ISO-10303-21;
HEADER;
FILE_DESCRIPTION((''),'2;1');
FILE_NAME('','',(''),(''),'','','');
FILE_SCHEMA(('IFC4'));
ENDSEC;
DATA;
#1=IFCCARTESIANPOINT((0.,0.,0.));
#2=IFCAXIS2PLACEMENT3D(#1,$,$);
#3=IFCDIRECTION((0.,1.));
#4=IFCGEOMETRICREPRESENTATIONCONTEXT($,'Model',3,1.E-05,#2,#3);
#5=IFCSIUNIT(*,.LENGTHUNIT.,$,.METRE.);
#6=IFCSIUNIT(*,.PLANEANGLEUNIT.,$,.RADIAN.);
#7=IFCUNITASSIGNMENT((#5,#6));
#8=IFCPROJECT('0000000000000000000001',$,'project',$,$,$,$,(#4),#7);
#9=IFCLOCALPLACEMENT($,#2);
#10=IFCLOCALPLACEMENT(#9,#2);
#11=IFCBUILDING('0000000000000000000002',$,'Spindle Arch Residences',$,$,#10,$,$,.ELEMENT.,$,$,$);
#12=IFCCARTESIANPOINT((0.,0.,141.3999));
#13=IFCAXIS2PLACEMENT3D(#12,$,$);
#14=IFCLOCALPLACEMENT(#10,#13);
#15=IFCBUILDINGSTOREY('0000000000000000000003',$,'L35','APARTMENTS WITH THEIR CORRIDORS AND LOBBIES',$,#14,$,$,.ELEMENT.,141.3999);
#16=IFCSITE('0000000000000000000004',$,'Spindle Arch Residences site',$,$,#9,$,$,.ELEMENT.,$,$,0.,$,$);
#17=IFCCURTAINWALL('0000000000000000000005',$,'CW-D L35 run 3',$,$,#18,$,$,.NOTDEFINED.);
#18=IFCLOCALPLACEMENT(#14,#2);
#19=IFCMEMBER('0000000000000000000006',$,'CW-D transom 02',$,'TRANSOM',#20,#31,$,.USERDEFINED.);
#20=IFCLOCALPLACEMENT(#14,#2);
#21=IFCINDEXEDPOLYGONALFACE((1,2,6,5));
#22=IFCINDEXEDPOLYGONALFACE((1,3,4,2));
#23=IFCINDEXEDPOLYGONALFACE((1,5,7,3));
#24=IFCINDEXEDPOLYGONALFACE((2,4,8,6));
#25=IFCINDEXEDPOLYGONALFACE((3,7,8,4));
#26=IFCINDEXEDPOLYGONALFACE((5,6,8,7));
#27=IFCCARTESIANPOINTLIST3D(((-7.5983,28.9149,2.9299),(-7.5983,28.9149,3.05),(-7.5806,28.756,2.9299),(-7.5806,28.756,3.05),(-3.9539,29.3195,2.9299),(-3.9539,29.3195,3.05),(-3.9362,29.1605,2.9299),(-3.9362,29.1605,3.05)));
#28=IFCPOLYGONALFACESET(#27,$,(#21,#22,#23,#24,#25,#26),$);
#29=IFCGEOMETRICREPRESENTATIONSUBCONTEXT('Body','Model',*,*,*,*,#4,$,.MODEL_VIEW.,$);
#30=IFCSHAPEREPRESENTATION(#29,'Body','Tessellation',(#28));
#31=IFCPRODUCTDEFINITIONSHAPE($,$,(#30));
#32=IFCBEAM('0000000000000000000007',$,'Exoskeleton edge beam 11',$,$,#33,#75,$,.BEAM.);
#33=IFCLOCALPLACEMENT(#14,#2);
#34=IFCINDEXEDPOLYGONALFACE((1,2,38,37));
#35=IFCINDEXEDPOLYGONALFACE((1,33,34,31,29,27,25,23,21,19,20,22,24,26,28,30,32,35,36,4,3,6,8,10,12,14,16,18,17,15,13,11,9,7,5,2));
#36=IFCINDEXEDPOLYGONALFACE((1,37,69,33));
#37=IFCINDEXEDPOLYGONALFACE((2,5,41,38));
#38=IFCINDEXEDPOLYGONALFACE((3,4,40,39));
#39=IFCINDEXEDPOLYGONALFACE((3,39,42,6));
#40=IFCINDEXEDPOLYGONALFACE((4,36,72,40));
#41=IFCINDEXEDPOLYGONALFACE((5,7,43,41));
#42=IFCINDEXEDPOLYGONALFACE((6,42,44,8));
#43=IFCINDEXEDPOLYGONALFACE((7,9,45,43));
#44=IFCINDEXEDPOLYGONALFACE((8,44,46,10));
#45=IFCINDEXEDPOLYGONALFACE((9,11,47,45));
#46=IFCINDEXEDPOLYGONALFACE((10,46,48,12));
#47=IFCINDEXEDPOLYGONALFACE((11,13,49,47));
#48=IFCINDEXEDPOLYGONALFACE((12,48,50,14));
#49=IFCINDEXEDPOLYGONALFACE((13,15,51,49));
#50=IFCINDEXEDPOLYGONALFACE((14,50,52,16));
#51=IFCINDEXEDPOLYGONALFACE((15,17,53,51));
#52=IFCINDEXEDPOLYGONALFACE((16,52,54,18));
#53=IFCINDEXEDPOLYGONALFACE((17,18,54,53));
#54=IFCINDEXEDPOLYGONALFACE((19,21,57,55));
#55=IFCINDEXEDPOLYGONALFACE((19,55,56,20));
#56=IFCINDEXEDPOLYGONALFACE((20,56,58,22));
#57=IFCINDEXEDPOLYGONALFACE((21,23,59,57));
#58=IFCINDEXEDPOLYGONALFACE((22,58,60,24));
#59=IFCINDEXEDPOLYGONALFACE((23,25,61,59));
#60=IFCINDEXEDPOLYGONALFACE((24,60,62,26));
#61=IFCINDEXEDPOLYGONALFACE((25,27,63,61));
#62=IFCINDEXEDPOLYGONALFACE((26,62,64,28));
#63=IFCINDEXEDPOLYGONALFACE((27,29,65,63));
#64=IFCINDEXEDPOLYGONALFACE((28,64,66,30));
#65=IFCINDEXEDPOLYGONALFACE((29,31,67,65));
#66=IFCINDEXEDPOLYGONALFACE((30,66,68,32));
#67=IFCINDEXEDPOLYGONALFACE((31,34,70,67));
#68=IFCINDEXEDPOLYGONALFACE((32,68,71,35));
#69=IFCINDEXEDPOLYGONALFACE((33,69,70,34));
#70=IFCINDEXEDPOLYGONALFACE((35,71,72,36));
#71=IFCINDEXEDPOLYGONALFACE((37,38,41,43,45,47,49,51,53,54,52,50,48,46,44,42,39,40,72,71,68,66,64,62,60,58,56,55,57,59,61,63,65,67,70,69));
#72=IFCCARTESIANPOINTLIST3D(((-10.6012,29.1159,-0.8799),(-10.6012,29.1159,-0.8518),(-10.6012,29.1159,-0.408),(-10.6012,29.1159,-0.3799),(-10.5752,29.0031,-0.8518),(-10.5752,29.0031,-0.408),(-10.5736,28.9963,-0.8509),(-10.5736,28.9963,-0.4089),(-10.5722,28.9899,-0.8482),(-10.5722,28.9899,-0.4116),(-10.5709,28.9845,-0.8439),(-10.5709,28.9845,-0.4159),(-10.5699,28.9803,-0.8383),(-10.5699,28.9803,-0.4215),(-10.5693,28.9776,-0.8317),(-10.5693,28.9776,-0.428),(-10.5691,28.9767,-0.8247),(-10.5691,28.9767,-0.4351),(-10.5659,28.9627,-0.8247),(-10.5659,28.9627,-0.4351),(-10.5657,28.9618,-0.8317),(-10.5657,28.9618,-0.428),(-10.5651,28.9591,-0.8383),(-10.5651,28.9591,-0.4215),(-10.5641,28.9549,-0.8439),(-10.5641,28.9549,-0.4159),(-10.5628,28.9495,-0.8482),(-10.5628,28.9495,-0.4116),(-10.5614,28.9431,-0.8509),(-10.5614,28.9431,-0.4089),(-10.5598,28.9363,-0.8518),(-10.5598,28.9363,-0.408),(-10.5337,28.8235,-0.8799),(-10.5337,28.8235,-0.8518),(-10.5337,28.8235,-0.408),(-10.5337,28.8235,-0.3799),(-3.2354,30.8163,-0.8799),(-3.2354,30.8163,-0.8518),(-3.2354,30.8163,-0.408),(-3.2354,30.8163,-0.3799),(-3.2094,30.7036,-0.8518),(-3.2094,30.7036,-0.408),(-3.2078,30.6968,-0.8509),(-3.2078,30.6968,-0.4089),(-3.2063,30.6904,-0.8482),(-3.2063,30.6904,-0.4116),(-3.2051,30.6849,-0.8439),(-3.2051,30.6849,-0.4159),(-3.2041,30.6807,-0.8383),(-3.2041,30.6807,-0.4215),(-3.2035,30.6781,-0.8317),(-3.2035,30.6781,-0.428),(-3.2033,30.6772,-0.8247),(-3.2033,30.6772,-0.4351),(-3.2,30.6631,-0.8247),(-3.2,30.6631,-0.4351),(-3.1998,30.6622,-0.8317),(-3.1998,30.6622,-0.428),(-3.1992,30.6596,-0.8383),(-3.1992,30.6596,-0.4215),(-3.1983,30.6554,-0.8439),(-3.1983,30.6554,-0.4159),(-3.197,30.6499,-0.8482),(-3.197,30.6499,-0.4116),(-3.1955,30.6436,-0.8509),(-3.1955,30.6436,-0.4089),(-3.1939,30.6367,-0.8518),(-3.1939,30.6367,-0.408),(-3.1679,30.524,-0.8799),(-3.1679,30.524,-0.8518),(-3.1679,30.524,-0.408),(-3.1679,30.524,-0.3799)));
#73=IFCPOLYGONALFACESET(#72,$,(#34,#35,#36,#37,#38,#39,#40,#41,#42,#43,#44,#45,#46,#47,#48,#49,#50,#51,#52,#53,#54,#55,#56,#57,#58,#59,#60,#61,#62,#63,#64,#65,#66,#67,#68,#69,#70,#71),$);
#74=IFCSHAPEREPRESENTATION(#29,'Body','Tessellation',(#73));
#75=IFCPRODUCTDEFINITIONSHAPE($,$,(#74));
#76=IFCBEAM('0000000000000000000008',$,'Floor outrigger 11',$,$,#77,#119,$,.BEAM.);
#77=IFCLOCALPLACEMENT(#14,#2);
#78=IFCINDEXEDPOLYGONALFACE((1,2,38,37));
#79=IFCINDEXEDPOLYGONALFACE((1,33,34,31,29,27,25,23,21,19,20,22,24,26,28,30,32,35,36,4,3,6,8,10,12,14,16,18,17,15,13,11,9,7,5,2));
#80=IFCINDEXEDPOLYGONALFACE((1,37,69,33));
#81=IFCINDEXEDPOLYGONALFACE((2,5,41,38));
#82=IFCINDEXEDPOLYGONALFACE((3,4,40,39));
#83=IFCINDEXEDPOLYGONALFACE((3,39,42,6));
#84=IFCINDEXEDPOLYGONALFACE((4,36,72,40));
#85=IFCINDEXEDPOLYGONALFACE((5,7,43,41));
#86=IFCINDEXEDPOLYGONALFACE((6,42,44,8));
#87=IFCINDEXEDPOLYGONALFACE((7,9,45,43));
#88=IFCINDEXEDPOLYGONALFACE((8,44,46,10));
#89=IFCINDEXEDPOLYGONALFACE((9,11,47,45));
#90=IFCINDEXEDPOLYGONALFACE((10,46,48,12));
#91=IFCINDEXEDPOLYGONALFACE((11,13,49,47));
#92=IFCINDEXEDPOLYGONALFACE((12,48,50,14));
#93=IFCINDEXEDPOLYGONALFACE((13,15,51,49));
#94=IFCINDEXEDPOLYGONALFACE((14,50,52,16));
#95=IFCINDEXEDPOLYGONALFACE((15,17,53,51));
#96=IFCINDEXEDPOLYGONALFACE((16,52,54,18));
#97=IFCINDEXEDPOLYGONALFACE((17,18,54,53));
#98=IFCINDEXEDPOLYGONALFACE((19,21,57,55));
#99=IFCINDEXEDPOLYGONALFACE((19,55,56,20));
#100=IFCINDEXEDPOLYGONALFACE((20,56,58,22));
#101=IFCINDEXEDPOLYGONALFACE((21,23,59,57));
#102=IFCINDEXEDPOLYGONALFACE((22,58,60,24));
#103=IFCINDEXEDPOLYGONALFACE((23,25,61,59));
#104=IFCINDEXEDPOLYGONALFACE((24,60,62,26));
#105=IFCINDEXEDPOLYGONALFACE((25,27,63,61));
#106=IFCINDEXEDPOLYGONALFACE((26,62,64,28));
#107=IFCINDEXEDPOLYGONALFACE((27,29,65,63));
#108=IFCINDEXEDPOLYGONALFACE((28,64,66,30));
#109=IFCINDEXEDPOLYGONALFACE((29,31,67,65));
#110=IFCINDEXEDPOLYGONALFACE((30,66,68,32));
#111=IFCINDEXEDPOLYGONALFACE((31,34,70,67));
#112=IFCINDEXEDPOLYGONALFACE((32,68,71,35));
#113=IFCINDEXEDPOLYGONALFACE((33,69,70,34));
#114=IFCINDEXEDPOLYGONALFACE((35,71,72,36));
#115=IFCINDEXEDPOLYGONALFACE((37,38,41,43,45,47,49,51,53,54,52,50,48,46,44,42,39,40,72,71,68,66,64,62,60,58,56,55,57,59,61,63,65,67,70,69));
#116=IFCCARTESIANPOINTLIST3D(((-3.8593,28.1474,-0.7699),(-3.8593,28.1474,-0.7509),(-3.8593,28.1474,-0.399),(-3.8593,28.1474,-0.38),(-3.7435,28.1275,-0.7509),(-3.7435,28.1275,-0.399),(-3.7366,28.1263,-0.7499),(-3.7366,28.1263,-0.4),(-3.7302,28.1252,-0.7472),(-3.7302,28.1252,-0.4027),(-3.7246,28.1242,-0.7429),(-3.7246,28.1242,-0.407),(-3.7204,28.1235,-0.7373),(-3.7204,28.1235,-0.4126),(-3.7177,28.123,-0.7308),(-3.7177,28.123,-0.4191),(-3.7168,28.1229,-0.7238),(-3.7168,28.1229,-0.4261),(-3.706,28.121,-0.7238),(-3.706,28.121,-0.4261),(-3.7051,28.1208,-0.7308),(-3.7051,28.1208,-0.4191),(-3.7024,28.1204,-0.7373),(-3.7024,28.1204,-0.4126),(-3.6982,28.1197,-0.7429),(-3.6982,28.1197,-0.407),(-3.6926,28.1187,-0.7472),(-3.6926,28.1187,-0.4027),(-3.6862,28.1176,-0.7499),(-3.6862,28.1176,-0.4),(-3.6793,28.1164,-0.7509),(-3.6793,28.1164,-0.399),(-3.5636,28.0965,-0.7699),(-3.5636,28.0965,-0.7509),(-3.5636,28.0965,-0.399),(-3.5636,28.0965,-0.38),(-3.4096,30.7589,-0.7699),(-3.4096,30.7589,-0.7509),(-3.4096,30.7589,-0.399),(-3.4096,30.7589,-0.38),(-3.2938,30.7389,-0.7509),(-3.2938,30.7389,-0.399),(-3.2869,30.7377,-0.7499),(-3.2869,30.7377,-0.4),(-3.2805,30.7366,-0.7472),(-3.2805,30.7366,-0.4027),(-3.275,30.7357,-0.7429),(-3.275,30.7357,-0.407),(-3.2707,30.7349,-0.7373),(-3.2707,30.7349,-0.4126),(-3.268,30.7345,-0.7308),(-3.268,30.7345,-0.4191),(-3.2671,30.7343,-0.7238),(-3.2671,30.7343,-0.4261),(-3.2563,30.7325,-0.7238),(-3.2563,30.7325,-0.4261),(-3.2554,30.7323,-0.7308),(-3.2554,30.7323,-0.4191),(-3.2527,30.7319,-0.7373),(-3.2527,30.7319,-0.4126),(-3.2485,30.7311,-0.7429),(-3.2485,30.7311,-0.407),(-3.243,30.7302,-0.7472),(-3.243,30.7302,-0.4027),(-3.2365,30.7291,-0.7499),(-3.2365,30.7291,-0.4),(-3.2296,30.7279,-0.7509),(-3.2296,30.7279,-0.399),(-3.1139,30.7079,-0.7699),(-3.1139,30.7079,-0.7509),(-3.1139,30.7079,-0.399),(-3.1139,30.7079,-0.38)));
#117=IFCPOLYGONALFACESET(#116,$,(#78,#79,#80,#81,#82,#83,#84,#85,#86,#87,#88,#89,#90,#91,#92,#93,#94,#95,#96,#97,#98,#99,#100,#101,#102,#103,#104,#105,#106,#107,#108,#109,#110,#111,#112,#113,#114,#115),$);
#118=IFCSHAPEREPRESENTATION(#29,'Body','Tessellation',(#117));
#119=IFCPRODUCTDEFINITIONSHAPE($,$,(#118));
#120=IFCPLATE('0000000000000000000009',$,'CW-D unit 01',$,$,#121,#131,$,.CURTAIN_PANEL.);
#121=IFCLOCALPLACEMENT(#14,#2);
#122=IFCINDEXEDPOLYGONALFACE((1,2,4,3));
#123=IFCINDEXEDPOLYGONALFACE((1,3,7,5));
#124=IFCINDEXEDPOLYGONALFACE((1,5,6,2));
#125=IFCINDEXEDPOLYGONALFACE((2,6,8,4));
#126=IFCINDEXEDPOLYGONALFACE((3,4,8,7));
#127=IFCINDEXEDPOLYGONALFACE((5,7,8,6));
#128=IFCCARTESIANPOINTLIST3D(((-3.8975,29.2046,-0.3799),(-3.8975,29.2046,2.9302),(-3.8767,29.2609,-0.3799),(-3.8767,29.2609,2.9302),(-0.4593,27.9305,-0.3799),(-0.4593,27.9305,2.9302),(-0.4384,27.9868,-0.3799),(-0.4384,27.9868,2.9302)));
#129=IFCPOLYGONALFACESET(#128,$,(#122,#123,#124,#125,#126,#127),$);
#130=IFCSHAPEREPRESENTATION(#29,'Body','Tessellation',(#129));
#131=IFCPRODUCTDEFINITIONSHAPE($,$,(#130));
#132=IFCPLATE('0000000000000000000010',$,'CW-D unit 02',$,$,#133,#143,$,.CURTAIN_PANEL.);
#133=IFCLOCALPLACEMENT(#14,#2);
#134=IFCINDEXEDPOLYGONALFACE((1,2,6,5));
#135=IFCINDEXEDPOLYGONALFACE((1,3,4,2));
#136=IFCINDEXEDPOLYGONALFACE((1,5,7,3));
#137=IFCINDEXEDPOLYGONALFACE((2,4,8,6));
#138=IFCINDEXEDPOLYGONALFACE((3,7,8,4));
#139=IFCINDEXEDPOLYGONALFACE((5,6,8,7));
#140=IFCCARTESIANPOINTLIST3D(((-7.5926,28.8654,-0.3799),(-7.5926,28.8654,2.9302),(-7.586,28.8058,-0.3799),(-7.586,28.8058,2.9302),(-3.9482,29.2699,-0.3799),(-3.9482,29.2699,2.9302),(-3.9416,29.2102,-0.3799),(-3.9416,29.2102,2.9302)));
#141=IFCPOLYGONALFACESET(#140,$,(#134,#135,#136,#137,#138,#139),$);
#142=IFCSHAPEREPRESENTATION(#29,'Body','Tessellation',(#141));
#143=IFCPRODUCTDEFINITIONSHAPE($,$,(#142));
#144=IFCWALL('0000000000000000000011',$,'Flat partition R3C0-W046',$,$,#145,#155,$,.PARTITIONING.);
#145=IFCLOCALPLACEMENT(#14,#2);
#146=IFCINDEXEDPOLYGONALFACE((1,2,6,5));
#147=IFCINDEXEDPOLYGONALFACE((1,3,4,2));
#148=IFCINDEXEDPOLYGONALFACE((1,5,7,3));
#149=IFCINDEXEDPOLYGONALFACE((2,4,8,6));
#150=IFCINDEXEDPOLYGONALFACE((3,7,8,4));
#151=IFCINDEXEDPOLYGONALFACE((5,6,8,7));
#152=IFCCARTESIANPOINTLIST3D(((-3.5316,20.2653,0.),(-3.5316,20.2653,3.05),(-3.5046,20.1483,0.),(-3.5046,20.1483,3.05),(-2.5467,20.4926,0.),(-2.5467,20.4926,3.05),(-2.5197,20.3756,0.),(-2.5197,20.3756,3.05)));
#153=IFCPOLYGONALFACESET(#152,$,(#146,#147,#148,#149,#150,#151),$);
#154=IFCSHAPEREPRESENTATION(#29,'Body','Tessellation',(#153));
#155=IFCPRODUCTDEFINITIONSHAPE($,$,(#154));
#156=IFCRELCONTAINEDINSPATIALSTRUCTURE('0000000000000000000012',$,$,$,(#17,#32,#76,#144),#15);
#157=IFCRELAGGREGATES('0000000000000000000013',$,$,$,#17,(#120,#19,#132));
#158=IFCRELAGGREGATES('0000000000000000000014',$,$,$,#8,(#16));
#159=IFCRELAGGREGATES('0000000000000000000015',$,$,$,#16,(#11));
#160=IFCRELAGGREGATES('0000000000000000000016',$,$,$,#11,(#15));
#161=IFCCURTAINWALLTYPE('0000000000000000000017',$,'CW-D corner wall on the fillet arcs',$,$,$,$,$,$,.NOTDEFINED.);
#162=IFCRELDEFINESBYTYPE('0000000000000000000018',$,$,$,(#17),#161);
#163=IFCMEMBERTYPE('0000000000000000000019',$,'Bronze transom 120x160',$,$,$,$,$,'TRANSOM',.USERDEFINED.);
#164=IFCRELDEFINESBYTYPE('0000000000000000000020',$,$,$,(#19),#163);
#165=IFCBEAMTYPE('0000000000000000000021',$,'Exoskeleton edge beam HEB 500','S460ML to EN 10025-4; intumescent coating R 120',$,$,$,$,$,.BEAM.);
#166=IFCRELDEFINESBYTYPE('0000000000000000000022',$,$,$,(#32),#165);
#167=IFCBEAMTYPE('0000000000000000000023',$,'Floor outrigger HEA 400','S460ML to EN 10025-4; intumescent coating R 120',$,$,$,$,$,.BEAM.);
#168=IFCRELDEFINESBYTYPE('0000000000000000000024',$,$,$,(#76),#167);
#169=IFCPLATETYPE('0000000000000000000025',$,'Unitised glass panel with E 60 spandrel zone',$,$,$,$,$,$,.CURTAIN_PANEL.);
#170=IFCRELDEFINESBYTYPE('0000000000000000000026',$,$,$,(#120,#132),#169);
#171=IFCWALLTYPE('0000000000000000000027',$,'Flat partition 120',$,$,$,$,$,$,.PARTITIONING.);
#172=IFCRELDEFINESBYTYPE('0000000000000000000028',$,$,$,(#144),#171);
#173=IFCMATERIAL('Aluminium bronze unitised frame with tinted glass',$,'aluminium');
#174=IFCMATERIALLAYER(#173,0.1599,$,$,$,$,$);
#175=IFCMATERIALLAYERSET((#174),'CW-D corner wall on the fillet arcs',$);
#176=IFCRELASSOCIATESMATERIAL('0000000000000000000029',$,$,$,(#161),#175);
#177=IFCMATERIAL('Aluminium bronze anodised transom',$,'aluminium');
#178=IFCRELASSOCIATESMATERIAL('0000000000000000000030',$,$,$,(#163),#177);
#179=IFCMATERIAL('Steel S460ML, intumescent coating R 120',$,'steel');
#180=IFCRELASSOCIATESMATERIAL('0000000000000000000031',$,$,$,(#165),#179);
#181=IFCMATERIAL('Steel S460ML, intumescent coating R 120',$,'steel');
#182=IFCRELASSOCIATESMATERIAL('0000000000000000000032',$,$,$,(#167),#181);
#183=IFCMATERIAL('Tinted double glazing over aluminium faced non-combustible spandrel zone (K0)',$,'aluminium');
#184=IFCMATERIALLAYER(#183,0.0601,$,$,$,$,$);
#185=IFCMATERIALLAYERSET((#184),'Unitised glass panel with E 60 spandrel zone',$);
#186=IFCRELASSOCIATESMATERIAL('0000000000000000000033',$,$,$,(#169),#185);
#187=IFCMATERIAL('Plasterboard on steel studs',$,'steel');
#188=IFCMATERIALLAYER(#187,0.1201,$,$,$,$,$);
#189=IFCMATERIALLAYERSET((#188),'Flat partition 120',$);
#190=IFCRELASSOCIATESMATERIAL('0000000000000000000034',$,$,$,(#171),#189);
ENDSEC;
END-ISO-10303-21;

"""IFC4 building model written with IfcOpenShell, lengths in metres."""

from ifc_helpers import new_model, si_unit, direction, frame, frame_2d, origin, origin_2d, place, context, subcontext, project, spatial, rectangle, i_section, extrude, material, layer, layer_set, material_profile, profile_set, type_object, element, aggregate, save


model = new_model("IFC4")

# Units and contexts
model_context = context("Model", 3, precision=1e-05, world=origin(), true_north=direction((0.0, 1.0)))
body_context = subcontext(model_context, "Body", "Model", "MODEL_VIEW")
ifc_project = project(units=[si_unit("LENGTHUNIT", "METRE"), si_unit("PLANEANGLEUNIT", "RADIAN")], contexts=[model_context])

# Site, building, storey
site_placement = place(None, origin())
site = spatial("IfcSite", under=ifc_project, at=site_placement, Name="Spindle Arch Residences site", CompositionType="ELEMENT", RefElevation=0.0)
building_placement = place(site_placement, origin())
building = spatial("IfcBuilding", under=site, at=building_placement, Name="Spindle Arch Residences", CompositionType="ELEMENT")
storey_placement = place(building_placement, frame((0.0, 0.0, 141.3999)))
storey = spatial("IfcBuildingStorey", under=building, at=storey_placement, Name="L35", Description="APARTMENTS WITH THEIR CORRIDORS AND LOBBIES", CompositionType="ELEMENT", Elevation=141.3999)

# Curtain wall, member
ifc_material_1 = material(Name="Aluminium bronze unitised frame with tinted glass", Category="aluminium")
ifc_layer_1 = layer(ifc_material_1, 0.1599)
ifc_layer_set_1 = layer_set([ifc_layer_1], Name="CW-D corner wall on the fillet arcs")
curtain_wall_type = type_object("IfcCurtainWallType", Name="CW-D corner wall on the fillet arcs", PredefinedType="NOTDEFINED", material=ifc_layer_set_1)
curtain_wall_placement = place(storey_placement, origin())
curtain_wall = element("IfcCurtainWall", 1, at=curtain_wall_placement, inside=storey, type_object=curtain_wall_type, Name="CW-D L35 run 3", PredefinedType="NOTDEFINED")
ifc_material_2 = material(Name="Aluminium bronze anodised transom", Category="aluminium")
ifc_material_profile_1 = material_profile(ifc_material_2, rectangle(XDim=0.1599, YDim=0.1201, at=origin_2d()), Name="TR 120x160")
ifc_profile_set_1 = profile_set([ifc_material_profile_1], Name="Aluminium bronze anodised transom")
member_type_1 = type_object("IfcMemberType", Name="Bronze transom 120x160", ElementType="TRANSOM", PredefinedType="USERDEFINED", material=ifc_profile_set_1)
member_1_placement = place(storey_placement, frame((-3.9451, 29.24, 2.99), z_axis=(-0.993895, -0.110329, 0.0), x_axis=(0.110329, -0.993895, 0.0)))
member_1 = element("IfcMember", 2, at=member_1_placement, type_object=member_type_1, Name="CW-D transom 02", ObjectType="TRANSOM", PredefinedType="USERDEFINED", context=body_context, shape_type="SweptSolid", body=[
    extrude(rectangle(XDim=0.1599, YDim=0.1201, at=origin_2d()), origin(), (0.0, 0.0, 1.0), 3.6667),
])

# Beams
ifc_material_3 = material(Name="Steel S460ML, intumescent coating R 120", Category="steel")
ifc_material_profile_2 = material_profile(ifc_material_3, i_section(OverallWidth=0.3, OverallDepth=0.5, WebThickness=0.0144, FlangeThickness=0.0281, FilletRadius=0.0271, at=origin_2d()), Name="HEB 500")
ifc_profile_set_2 = profile_set([ifc_material_profile_2], Name="Steel S460ML, intumescent coating R 120")
beam_type_1 = type_object("IfcBeamType", Name="Exoskeleton edge beam HEB 500", Description="S460ML to EN 10025-4; intumescent coating R 120", PredefinedType="BEAM", material=ifc_profile_set_2)
beam_1_placement = place(storey_placement, frame((-3.2017, 30.6702, -0.6299), z_axis=(-0.974372, -0.224942, 0.0), x_axis=(0.224942, -0.974372, 0.0)))
element("IfcBeam", 3, at=beam_1_placement, inside=storey, type_object=beam_type_1, Name="Exoskeleton edge beam 11", PredefinedType="BEAM", context=body_context, shape_type="SweptSolid", body=[
    extrude(i_section(OverallWidth=0.3, OverallDepth=0.5, WebThickness=0.0144, FlangeThickness=0.0281, FilletRadius=0.0271, at=origin_2d()), origin(), (0.0, 0.0, 1.0), 7.5596),
])
ifc_material_4 = material(Name="Steel S460ML, intumescent coating R 120", Category="steel")
ifc_material_profile_3 = material_profile(ifc_material_4, i_section(OverallWidth=0.3, OverallDepth=0.3899, WebThickness=0.011, FlangeThickness=0.019, FilletRadius=0.0271, at=origin_2d()), Name="HEA 400")
ifc_profile_set_3 = profile_set([ifc_material_profile_3], Name="Steel S460ML, intumescent coating R 120")
beam_type_2 = type_object("IfcBeamType", Name="Floor outrigger HEA 400", Description="S460ML to EN 10025-4; intumescent coating R 120", PredefinedType="BEAM", material=ifc_profile_set_3)
beam_2_placement = place(storey_placement, frame((-3.2617, 30.7334, -0.575), z_axis=(-0.1697, -0.985496, 0.0), x_axis=(0.985496, -0.1697, 0.0)))
element("IfcBeam", 4, at=beam_2_placement, inside=storey, type_object=beam_type_2, Name="Floor outrigger 11", PredefinedType="BEAM", context=body_context, shape_type="SweptSolid", body=[
    extrude(i_section(OverallWidth=0.3, OverallDepth=0.3899, WebThickness=0.011, FlangeThickness=0.019, FilletRadius=0.0271, at=origin_2d()), origin(), (0.0, 0.0, 1.0), 2.6499),
])

# Plates
ifc_material_5 = material(Name="Tinted double glazing over aluminium faced non-combustible spandrel zone (K0)", Category="aluminium")
ifc_layer_2 = layer(ifc_material_5, 0.0601)
ifc_layer_set_2 = layer_set([ifc_layer_2], Name="Unitised glass panel with E 60 spandrel zone")
plate_type = type_object("IfcPlateType", Name="Unitised glass panel with E 60 spandrel zone", PredefinedType="CURTAIN_PANEL", material=ifc_layer_set_2)
plate_1_placement = place(storey_placement, frame((-2.168, 28.5957, -0.3799), z_axis=(0.0, 0.0, 1.0), x_axis=(-0.937687, 0.347481, 0.0)))
plate_1 = element("IfcPlate", 5, at=plate_1_placement, type_object=plate_type, Name="CW-D unit 01", PredefinedType="CURTAIN_PANEL", context=body_context, shape_type="SweptSolid", body=[
    extrude(rectangle(XDim=3.6667, YDim=0.0601, at=origin_2d()), origin(), (0.0, 0.0, 1.0), 3.3101),
])
plate_2_placement = place(storey_placement, frame((-5.7671, 29.0378, -0.3799), z_axis=(0.0, 0.0, 1.0), x_axis=(-0.993897, -0.110313, 0.0)))
plate_2 = element("IfcPlate", 6, at=plate_2_placement, type_object=plate_type, Name="CW-D unit 02", PredefinedType="CURTAIN_PANEL", context=body_context, shape_type="SweptSolid", body=[
    extrude(rectangle(XDim=3.6667, YDim=0.0601, at=origin_2d()), origin(), (0.0, 0.0, 1.0), 3.3101),
])
aggregate(curtain_wall, [plate_1, member_1, plate_2])

# Wall
ifc_material_6 = material(Name="Plasterboard on steel studs", Category="steel")
ifc_layer_3 = layer(ifc_material_6, 0.1201)
ifc_layer_set_3 = layer_set([ifc_layer_3], Name="Flat partition 120")
wall_type_1 = type_object("IfcWallType", Name="Flat partition 120", PredefinedType="PARTITIONING", material=ifc_layer_set_3)
wall_1_placement = place(storey_placement, frame((-2.5332, 20.4341, 0.0), z_axis=(0.0, 0.0, 1.0), x_axis=(-0.974387, -0.224877, 0.0)))
element("IfcWall", 7, at=wall_1_placement, inside=storey, type_object=wall_type_1, Name="Flat partition R3C0-W046", PredefinedType="PARTITIONING", context=body_context, shape_type="SweptSolid", body=[
    extrude(rectangle(XDim=1.0107, YDim=0.1201, at=frame_2d((0.5054, 0.0))), origin(), (0.0, 0.0, 1.0), 3.05),
])

save(model, "model.ifc")
